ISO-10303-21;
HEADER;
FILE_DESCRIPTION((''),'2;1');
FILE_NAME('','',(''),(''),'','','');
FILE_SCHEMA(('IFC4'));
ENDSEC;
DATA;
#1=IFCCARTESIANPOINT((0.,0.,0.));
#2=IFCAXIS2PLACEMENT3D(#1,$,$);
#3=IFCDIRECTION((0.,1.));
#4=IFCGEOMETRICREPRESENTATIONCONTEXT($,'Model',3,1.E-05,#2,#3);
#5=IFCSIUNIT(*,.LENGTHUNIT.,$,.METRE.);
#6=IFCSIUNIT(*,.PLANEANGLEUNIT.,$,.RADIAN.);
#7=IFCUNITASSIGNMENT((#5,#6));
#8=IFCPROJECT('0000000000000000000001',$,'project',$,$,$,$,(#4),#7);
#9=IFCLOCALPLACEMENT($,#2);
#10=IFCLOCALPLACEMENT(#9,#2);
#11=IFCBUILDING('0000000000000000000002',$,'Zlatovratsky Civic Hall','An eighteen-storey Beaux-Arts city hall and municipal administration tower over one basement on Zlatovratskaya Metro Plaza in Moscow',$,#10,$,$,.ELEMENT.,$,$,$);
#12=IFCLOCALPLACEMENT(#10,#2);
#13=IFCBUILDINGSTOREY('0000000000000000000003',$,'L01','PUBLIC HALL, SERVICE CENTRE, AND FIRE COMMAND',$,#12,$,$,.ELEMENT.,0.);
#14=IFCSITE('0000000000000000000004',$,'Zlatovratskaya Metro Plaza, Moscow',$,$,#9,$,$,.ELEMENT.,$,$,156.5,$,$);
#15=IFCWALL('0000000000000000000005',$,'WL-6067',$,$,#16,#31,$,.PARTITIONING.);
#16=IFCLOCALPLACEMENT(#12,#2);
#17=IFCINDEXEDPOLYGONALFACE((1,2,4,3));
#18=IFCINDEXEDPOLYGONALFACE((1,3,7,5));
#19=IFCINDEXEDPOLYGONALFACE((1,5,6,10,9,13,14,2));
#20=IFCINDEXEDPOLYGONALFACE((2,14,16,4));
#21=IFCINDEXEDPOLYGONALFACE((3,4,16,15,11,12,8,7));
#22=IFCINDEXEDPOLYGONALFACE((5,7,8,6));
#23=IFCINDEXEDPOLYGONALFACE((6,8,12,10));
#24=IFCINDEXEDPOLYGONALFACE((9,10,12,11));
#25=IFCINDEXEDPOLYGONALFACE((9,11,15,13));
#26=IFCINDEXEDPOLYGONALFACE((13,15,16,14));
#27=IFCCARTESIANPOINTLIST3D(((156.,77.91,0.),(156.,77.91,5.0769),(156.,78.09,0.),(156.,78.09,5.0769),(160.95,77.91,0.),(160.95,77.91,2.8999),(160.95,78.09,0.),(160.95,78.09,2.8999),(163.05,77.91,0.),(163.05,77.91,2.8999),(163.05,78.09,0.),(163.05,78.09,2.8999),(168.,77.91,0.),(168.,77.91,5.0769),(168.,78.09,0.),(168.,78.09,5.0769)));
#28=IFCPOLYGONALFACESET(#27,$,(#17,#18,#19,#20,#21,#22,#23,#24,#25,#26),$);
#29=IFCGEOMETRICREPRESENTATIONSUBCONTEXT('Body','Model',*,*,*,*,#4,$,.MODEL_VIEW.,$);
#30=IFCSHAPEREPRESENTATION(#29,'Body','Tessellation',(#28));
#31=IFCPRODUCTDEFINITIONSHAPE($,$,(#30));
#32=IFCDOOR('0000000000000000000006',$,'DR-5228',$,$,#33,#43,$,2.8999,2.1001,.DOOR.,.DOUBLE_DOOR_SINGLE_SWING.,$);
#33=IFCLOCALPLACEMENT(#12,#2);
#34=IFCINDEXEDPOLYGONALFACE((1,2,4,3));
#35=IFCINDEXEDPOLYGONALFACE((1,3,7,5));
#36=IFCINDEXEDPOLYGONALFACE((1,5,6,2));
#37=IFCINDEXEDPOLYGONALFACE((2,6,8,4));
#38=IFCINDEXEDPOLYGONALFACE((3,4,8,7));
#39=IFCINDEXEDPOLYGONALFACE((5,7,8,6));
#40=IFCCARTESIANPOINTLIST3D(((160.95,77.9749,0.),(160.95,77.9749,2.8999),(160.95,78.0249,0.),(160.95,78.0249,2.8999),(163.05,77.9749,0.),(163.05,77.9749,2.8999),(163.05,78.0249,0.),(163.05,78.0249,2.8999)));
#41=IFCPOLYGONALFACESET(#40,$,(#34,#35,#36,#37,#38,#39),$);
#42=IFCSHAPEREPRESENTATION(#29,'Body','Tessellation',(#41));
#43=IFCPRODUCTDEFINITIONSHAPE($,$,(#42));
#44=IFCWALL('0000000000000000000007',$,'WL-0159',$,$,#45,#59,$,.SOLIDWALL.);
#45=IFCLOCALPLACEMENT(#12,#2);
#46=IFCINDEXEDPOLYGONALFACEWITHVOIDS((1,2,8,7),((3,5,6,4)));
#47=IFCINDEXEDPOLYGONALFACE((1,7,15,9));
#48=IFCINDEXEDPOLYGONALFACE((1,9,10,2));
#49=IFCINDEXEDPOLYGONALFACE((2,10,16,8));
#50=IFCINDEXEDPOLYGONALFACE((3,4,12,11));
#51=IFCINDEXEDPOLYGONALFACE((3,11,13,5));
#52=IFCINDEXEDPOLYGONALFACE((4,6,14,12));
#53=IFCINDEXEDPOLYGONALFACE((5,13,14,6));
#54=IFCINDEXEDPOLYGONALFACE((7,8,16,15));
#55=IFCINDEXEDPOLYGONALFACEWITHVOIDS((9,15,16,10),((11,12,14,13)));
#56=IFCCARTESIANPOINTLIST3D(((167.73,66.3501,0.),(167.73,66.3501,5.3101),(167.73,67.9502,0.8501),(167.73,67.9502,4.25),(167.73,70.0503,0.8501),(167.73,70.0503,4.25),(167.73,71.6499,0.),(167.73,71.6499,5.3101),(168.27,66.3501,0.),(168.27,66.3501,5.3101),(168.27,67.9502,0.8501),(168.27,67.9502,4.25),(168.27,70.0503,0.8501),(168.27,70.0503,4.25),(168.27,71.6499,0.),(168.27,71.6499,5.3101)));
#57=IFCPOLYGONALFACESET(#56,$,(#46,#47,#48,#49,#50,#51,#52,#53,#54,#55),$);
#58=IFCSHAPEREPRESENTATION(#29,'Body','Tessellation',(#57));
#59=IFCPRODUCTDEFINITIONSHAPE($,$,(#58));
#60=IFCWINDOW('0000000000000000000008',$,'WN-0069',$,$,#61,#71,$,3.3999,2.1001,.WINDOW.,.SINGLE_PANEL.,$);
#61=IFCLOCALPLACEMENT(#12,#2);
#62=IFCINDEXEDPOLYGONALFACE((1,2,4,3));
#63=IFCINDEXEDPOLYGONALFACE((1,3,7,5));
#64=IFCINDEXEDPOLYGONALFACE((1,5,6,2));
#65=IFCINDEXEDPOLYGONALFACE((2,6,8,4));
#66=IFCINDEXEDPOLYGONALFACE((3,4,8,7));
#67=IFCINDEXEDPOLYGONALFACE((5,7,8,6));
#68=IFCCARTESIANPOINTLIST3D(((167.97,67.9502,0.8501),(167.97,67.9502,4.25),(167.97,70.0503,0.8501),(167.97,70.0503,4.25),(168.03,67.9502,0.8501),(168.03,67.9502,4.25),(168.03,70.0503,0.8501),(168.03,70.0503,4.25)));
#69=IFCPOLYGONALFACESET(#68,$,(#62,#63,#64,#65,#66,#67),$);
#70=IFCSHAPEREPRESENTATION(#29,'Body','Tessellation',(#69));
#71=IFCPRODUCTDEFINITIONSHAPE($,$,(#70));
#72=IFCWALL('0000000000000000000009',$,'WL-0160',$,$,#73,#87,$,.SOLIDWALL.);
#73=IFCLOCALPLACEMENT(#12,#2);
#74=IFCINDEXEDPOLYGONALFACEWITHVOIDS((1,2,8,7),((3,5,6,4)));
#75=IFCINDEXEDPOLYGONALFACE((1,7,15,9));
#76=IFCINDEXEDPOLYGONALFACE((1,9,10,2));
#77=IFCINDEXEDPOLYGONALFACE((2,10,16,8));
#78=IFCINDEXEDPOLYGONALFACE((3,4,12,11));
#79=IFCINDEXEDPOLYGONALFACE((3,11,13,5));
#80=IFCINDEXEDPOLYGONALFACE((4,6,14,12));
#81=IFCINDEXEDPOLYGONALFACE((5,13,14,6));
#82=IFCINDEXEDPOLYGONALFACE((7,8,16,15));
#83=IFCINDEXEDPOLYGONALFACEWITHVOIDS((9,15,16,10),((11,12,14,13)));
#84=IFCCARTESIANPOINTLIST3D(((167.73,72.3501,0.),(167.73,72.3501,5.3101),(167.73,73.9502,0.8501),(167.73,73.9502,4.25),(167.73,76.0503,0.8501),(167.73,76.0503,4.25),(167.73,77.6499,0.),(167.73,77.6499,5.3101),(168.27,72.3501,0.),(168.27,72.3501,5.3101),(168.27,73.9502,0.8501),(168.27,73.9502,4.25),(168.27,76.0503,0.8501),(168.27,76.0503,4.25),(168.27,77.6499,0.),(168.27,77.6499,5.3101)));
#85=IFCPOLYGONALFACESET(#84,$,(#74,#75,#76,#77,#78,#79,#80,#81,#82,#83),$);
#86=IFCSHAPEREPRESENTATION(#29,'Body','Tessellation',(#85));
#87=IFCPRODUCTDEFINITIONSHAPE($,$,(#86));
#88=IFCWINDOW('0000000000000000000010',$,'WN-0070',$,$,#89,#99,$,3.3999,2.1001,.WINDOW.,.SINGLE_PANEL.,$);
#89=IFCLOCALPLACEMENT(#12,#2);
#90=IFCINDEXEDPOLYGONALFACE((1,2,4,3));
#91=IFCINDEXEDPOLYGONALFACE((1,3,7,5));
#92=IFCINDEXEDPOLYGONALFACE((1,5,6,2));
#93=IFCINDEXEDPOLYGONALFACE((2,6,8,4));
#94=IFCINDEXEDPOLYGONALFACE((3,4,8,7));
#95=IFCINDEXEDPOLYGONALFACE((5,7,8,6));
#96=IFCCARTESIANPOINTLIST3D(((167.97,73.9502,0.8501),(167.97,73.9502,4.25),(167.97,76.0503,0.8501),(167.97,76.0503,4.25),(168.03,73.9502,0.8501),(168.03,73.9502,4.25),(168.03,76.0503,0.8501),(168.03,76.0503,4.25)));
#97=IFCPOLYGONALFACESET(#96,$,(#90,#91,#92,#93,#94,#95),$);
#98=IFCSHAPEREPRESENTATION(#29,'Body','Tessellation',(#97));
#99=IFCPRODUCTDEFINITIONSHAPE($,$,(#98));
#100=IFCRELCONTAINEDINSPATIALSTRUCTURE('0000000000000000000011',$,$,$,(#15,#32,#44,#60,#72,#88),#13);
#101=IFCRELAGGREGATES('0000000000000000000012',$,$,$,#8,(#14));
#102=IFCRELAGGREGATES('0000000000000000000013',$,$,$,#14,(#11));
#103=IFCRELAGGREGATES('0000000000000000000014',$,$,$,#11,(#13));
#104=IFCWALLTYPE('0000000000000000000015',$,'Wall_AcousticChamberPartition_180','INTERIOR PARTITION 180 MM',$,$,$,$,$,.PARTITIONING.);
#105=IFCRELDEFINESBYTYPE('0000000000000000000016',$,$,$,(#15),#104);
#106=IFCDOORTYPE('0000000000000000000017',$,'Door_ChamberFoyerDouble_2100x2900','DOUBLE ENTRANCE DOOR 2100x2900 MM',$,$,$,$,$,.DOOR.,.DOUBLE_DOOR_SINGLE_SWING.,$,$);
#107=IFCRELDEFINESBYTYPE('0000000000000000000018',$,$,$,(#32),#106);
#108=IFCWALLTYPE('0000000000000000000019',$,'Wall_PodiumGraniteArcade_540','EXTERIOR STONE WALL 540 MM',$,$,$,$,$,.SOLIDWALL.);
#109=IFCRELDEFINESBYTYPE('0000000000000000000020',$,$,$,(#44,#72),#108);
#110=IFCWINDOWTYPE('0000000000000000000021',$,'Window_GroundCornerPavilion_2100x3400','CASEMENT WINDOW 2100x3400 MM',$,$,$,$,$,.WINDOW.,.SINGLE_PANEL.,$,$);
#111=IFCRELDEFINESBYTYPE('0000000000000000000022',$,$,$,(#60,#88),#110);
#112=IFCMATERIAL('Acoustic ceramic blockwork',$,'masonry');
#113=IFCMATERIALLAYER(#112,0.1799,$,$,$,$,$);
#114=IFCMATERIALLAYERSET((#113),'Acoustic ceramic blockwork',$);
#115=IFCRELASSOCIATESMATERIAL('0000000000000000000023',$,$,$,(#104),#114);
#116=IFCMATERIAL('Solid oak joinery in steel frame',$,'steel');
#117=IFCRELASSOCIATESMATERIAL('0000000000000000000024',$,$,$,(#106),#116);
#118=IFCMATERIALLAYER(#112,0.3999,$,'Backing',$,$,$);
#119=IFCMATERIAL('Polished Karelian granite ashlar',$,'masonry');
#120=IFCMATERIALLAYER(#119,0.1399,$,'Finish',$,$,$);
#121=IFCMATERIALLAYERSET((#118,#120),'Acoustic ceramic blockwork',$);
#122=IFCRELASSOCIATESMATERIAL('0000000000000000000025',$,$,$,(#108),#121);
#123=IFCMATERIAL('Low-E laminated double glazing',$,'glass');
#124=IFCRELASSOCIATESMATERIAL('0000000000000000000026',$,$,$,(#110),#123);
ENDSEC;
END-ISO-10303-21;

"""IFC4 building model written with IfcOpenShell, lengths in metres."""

from ifc_helpers import new_model, si_unit, direction, frame, frame_2d, origin, place, context, subcontext, project, spatial, rectangle, extrude, material, layer, layer_set, type_object, element, fill, save


model = new_model("IFC4")

# Units and contexts
model_context = context("Model", 3, precision=1e-05, world=origin(), true_north=direction((0.0, 1.0)))
body_context = subcontext(model_context, "Body", "Model", "MODEL_VIEW")
ifc_project = project(units=[si_unit("LENGTHUNIT", "METRE"), si_unit("PLANEANGLEUNIT", "RADIAN")], contexts=[model_context])

# Site, building, storey
site_placement = place(None, origin())
site = spatial("IfcSite", under=ifc_project, at=site_placement, Name="Zlatovratskaya Metro Plaza, Moscow", CompositionType="ELEMENT", RefElevation=156.5)
building_placement = place(site_placement, origin())
building = spatial("IfcBuilding", under=site, at=building_placement, Name="Zlatovratsky Civic Hall", Description="An eighteen-storey Beaux-Arts city hall and municipal administration tower over one basement on Zlatovratskaya Metro Plaza in Moscow", CompositionType="ELEMENT")
storey_placement = place(building_placement, origin())
storey = spatial("IfcBuildingStorey", under=building, at=storey_placement, Name="L01", Description="PUBLIC HALL, SERVICE CENTRE, AND FIRE COMMAND", CompositionType="ELEMENT", Elevation=0.0)

# Wall, opening, door
ifc_material_1 = material(Name="Acoustic ceramic blockwork", Category="masonry")
ifc_layer_1 = layer(ifc_material_1, 0.1799)
ifc_layer_set_1 = layer_set([ifc_layer_1], Name="Acoustic ceramic blockwork")
wall_type_1 = type_object("IfcWallType", Name="Wall_AcousticChamberPartition_180", Description="INTERIOR PARTITION 180 MM", PredefinedType="PARTITIONING", material=ifc_layer_set_1)
wall_1_placement = place(storey_placement, frame((156.0, 78.0, 0.0), z_axis=(0.0, 0.0, 1.0), x_axis=(1.0, 0.0, 0.0)))
wall_1 = element("IfcWall", 1, at=wall_1_placement, inside=storey, type_object=wall_type_1, Name="WL-6067", PredefinedType="PARTITIONING", context=body_context, shape_type="SweptSolid", body=[
    extrude(rectangle(XDim=12.0, YDim=0.1799, at=frame_2d((6.0, 0.0))), origin(), (0.0, 0.0, 1.0), 5.0769),
])
opening_1_placement = place(wall_1_placement, frame((4.95, 0.0, 0.0)))
opening_1 = element("IfcOpeningElement", 2, at=opening_1_placement, cuts=wall_1, PredefinedType="OPENING", context=body_context, shape_type="SweptSolid", body=[
    extrude(rectangle(XDim=2.1001, YDim=2.8999, at=frame_2d((1.05, 1.45))), frame((0.0, 0.105, 0.0), z_axis=(0.0, -1.0, 0.0), x_axis=(1.0, 0.0, 0.0)), (0.0, 0.0, 1.0), 0.2097),
])
ifc_material_2 = material(Name="Solid oak joinery in steel frame", Category="steel")
door_type = type_object("IfcDoorType", Name="Door_ChamberFoyerDouble_2100x2900", Description="DOUBLE ENTRANCE DOOR 2100x2900 MM", OperationType="DOUBLE_DOOR_SINGLE_SWING", PredefinedType="DOOR", material=ifc_material_2)
door_placement = place(opening_1_placement, origin())
door = element("IfcDoor", 3, at=door_placement, inside=storey, type_object=door_type, Name="DR-5228", OperationType="DOUBLE_DOOR_SINGLE_SWING", OverallHeight=2.8999, OverallWidth=2.1001, PredefinedType="DOOR", context=body_context, shape_type="SweptSolid", body=[
    extrude(rectangle(XDim=2.1001, YDim=2.8999, at=frame_2d((1.05, 1.45))), frame((0.0, 0.0249, 0.0), z_axis=(0.0, -1.0, 0.0), x_axis=(1.0, 0.0, 0.0)), (0.0, 0.0, 1.0), 0.05),
])
fill(opening_1, door)

# Walls, openings, windows
ifc_layer_2 = layer(ifc_material_1, 0.3999, Name="Backing")
ifc_material_3 = material(Name="Polished Karelian granite ashlar", Category="masonry")
ifc_layer_3 = layer(ifc_material_3, 0.1399, Name="Finish")
ifc_layer_set_2 = layer_set([ifc_layer_2, ifc_layer_3], Name="Acoustic ceramic blockwork")
wall_type_2 = type_object("IfcWallType", Name="Wall_PodiumGraniteArcade_540", Description="EXTERIOR STONE WALL 540 MM", PredefinedType="SOLIDWALL", material=ifc_layer_set_2)
wall_2_placement = place(storey_placement, frame((168.0, 66.3501, 0.0), z_axis=(0.0, 0.0, 1.0), x_axis=(0.0, 1.0, 0.0)))
wall_2 = element("IfcWall", 4, at=wall_2_placement, inside=storey, type_object=wall_type_2, Name="WL-0159", PredefinedType="SOLIDWALL", context=body_context, shape_type="SweptSolid", body=[
    extrude(rectangle(XDim=5.2998, YDim=0.54, at=frame_2d((2.6499, 0.0))), origin(), (0.0, 0.0, 1.0), 5.3101),
])
opening_2_placement = place(wall_2_placement, frame((1.6001, 0.0, 0.8501)))
opening_2 = element("IfcOpeningElement", 5, at=opening_2_placement, cuts=wall_2, PredefinedType="OPENING", context=body_context, shape_type="SweptSolid", body=[
    extrude(rectangle(XDim=2.1001, YDim=3.3999, at=frame_2d((1.05, 1.7))), frame((0.0, 0.2849, 0.0), z_axis=(0.0, -1.0, 0.0), x_axis=(1.0, 0.0, 0.0)), (0.0, 0.0, 1.0), 0.5698),
])
ifc_material_4 = material(Name="Low-E laminated double glazing", Category="glass")
window_type = type_object("IfcWindowType", Name="Window_GroundCornerPavilion_2100x3400", Description="CASEMENT WINDOW 2100x3400 MM", PartitioningType="SINGLE_PANEL", PredefinedType="WINDOW", material=ifc_material_4)
window_1_placement = place(opening_2_placement, origin())
window_1 = element("IfcWindow", 6, at=window_1_placement, inside=storey, type_object=window_type, Name="WN-0069", OverallHeight=3.3999, OverallWidth=2.1001, PartitioningType="SINGLE_PANEL", PredefinedType="WINDOW", context=body_context, shape_type="SweptSolid", body=[
    extrude(rectangle(XDim=2.1001, YDim=3.3999, at=frame_2d((1.05, 1.7))), frame((0.0, 0.03, 0.0), z_axis=(0.0, -1.0, 0.0), x_axis=(1.0, 0.0, 0.0)), (0.0, 0.0, 1.0), 0.0601),
])
fill(opening_2, window_1)
wall_3_placement = place(storey_placement, frame((168.0, 72.3501, 0.0), z_axis=(0.0, 0.0, 1.0), x_axis=(0.0, 1.0, 0.0)))
wall_3 = element("IfcWall", 7, at=wall_3_placement, inside=storey, type_object=wall_type_2, Name="WL-0160", PredefinedType="SOLIDWALL", context=body_context, shape_type="SweptSolid", body=[
    extrude(rectangle(XDim=5.2998, YDim=0.54, at=frame_2d((2.6499, 0.0))), origin(), (0.0, 0.0, 1.0), 5.3101),
])
opening_3_placement = place(wall_3_placement, frame((1.6001, 0.0, 0.8501)))
opening_3 = element("IfcOpeningElement", 8, at=opening_3_placement, cuts=wall_3, PredefinedType="OPENING", context=body_context, shape_type="SweptSolid", body=[
    extrude(rectangle(XDim=2.1001, YDim=3.3999, at=frame_2d((1.05, 1.7))), frame((0.0, 0.2849, 0.0), z_axis=(0.0, -1.0, 0.0), x_axis=(1.0, 0.0, 0.0)), (0.0, 0.0, 1.0), 0.5698),
])
window_2_placement = place(opening_3_placement, origin())
window_2 = element("IfcWindow", 9, at=window_2_placement, inside=storey, type_object=window_type, Name="WN-0070", OverallHeight=3.3999, OverallWidth=2.1001, PartitioningType="SINGLE_PANEL", PredefinedType="WINDOW", context=body_context, shape_type="SweptSolid", body=[
    extrude(rectangle(XDim=2.1001, YDim=3.3999, at=frame_2d((1.05, 1.7))), frame((0.0, 0.03, 0.0), z_axis=(0.0, -1.0, 0.0), x_axis=(1.0, 0.0, 0.0)), (0.0, 0.0, 1.0), 0.0601),
])
fill(opening_3, window_2)

save(model, "model.ifc")
